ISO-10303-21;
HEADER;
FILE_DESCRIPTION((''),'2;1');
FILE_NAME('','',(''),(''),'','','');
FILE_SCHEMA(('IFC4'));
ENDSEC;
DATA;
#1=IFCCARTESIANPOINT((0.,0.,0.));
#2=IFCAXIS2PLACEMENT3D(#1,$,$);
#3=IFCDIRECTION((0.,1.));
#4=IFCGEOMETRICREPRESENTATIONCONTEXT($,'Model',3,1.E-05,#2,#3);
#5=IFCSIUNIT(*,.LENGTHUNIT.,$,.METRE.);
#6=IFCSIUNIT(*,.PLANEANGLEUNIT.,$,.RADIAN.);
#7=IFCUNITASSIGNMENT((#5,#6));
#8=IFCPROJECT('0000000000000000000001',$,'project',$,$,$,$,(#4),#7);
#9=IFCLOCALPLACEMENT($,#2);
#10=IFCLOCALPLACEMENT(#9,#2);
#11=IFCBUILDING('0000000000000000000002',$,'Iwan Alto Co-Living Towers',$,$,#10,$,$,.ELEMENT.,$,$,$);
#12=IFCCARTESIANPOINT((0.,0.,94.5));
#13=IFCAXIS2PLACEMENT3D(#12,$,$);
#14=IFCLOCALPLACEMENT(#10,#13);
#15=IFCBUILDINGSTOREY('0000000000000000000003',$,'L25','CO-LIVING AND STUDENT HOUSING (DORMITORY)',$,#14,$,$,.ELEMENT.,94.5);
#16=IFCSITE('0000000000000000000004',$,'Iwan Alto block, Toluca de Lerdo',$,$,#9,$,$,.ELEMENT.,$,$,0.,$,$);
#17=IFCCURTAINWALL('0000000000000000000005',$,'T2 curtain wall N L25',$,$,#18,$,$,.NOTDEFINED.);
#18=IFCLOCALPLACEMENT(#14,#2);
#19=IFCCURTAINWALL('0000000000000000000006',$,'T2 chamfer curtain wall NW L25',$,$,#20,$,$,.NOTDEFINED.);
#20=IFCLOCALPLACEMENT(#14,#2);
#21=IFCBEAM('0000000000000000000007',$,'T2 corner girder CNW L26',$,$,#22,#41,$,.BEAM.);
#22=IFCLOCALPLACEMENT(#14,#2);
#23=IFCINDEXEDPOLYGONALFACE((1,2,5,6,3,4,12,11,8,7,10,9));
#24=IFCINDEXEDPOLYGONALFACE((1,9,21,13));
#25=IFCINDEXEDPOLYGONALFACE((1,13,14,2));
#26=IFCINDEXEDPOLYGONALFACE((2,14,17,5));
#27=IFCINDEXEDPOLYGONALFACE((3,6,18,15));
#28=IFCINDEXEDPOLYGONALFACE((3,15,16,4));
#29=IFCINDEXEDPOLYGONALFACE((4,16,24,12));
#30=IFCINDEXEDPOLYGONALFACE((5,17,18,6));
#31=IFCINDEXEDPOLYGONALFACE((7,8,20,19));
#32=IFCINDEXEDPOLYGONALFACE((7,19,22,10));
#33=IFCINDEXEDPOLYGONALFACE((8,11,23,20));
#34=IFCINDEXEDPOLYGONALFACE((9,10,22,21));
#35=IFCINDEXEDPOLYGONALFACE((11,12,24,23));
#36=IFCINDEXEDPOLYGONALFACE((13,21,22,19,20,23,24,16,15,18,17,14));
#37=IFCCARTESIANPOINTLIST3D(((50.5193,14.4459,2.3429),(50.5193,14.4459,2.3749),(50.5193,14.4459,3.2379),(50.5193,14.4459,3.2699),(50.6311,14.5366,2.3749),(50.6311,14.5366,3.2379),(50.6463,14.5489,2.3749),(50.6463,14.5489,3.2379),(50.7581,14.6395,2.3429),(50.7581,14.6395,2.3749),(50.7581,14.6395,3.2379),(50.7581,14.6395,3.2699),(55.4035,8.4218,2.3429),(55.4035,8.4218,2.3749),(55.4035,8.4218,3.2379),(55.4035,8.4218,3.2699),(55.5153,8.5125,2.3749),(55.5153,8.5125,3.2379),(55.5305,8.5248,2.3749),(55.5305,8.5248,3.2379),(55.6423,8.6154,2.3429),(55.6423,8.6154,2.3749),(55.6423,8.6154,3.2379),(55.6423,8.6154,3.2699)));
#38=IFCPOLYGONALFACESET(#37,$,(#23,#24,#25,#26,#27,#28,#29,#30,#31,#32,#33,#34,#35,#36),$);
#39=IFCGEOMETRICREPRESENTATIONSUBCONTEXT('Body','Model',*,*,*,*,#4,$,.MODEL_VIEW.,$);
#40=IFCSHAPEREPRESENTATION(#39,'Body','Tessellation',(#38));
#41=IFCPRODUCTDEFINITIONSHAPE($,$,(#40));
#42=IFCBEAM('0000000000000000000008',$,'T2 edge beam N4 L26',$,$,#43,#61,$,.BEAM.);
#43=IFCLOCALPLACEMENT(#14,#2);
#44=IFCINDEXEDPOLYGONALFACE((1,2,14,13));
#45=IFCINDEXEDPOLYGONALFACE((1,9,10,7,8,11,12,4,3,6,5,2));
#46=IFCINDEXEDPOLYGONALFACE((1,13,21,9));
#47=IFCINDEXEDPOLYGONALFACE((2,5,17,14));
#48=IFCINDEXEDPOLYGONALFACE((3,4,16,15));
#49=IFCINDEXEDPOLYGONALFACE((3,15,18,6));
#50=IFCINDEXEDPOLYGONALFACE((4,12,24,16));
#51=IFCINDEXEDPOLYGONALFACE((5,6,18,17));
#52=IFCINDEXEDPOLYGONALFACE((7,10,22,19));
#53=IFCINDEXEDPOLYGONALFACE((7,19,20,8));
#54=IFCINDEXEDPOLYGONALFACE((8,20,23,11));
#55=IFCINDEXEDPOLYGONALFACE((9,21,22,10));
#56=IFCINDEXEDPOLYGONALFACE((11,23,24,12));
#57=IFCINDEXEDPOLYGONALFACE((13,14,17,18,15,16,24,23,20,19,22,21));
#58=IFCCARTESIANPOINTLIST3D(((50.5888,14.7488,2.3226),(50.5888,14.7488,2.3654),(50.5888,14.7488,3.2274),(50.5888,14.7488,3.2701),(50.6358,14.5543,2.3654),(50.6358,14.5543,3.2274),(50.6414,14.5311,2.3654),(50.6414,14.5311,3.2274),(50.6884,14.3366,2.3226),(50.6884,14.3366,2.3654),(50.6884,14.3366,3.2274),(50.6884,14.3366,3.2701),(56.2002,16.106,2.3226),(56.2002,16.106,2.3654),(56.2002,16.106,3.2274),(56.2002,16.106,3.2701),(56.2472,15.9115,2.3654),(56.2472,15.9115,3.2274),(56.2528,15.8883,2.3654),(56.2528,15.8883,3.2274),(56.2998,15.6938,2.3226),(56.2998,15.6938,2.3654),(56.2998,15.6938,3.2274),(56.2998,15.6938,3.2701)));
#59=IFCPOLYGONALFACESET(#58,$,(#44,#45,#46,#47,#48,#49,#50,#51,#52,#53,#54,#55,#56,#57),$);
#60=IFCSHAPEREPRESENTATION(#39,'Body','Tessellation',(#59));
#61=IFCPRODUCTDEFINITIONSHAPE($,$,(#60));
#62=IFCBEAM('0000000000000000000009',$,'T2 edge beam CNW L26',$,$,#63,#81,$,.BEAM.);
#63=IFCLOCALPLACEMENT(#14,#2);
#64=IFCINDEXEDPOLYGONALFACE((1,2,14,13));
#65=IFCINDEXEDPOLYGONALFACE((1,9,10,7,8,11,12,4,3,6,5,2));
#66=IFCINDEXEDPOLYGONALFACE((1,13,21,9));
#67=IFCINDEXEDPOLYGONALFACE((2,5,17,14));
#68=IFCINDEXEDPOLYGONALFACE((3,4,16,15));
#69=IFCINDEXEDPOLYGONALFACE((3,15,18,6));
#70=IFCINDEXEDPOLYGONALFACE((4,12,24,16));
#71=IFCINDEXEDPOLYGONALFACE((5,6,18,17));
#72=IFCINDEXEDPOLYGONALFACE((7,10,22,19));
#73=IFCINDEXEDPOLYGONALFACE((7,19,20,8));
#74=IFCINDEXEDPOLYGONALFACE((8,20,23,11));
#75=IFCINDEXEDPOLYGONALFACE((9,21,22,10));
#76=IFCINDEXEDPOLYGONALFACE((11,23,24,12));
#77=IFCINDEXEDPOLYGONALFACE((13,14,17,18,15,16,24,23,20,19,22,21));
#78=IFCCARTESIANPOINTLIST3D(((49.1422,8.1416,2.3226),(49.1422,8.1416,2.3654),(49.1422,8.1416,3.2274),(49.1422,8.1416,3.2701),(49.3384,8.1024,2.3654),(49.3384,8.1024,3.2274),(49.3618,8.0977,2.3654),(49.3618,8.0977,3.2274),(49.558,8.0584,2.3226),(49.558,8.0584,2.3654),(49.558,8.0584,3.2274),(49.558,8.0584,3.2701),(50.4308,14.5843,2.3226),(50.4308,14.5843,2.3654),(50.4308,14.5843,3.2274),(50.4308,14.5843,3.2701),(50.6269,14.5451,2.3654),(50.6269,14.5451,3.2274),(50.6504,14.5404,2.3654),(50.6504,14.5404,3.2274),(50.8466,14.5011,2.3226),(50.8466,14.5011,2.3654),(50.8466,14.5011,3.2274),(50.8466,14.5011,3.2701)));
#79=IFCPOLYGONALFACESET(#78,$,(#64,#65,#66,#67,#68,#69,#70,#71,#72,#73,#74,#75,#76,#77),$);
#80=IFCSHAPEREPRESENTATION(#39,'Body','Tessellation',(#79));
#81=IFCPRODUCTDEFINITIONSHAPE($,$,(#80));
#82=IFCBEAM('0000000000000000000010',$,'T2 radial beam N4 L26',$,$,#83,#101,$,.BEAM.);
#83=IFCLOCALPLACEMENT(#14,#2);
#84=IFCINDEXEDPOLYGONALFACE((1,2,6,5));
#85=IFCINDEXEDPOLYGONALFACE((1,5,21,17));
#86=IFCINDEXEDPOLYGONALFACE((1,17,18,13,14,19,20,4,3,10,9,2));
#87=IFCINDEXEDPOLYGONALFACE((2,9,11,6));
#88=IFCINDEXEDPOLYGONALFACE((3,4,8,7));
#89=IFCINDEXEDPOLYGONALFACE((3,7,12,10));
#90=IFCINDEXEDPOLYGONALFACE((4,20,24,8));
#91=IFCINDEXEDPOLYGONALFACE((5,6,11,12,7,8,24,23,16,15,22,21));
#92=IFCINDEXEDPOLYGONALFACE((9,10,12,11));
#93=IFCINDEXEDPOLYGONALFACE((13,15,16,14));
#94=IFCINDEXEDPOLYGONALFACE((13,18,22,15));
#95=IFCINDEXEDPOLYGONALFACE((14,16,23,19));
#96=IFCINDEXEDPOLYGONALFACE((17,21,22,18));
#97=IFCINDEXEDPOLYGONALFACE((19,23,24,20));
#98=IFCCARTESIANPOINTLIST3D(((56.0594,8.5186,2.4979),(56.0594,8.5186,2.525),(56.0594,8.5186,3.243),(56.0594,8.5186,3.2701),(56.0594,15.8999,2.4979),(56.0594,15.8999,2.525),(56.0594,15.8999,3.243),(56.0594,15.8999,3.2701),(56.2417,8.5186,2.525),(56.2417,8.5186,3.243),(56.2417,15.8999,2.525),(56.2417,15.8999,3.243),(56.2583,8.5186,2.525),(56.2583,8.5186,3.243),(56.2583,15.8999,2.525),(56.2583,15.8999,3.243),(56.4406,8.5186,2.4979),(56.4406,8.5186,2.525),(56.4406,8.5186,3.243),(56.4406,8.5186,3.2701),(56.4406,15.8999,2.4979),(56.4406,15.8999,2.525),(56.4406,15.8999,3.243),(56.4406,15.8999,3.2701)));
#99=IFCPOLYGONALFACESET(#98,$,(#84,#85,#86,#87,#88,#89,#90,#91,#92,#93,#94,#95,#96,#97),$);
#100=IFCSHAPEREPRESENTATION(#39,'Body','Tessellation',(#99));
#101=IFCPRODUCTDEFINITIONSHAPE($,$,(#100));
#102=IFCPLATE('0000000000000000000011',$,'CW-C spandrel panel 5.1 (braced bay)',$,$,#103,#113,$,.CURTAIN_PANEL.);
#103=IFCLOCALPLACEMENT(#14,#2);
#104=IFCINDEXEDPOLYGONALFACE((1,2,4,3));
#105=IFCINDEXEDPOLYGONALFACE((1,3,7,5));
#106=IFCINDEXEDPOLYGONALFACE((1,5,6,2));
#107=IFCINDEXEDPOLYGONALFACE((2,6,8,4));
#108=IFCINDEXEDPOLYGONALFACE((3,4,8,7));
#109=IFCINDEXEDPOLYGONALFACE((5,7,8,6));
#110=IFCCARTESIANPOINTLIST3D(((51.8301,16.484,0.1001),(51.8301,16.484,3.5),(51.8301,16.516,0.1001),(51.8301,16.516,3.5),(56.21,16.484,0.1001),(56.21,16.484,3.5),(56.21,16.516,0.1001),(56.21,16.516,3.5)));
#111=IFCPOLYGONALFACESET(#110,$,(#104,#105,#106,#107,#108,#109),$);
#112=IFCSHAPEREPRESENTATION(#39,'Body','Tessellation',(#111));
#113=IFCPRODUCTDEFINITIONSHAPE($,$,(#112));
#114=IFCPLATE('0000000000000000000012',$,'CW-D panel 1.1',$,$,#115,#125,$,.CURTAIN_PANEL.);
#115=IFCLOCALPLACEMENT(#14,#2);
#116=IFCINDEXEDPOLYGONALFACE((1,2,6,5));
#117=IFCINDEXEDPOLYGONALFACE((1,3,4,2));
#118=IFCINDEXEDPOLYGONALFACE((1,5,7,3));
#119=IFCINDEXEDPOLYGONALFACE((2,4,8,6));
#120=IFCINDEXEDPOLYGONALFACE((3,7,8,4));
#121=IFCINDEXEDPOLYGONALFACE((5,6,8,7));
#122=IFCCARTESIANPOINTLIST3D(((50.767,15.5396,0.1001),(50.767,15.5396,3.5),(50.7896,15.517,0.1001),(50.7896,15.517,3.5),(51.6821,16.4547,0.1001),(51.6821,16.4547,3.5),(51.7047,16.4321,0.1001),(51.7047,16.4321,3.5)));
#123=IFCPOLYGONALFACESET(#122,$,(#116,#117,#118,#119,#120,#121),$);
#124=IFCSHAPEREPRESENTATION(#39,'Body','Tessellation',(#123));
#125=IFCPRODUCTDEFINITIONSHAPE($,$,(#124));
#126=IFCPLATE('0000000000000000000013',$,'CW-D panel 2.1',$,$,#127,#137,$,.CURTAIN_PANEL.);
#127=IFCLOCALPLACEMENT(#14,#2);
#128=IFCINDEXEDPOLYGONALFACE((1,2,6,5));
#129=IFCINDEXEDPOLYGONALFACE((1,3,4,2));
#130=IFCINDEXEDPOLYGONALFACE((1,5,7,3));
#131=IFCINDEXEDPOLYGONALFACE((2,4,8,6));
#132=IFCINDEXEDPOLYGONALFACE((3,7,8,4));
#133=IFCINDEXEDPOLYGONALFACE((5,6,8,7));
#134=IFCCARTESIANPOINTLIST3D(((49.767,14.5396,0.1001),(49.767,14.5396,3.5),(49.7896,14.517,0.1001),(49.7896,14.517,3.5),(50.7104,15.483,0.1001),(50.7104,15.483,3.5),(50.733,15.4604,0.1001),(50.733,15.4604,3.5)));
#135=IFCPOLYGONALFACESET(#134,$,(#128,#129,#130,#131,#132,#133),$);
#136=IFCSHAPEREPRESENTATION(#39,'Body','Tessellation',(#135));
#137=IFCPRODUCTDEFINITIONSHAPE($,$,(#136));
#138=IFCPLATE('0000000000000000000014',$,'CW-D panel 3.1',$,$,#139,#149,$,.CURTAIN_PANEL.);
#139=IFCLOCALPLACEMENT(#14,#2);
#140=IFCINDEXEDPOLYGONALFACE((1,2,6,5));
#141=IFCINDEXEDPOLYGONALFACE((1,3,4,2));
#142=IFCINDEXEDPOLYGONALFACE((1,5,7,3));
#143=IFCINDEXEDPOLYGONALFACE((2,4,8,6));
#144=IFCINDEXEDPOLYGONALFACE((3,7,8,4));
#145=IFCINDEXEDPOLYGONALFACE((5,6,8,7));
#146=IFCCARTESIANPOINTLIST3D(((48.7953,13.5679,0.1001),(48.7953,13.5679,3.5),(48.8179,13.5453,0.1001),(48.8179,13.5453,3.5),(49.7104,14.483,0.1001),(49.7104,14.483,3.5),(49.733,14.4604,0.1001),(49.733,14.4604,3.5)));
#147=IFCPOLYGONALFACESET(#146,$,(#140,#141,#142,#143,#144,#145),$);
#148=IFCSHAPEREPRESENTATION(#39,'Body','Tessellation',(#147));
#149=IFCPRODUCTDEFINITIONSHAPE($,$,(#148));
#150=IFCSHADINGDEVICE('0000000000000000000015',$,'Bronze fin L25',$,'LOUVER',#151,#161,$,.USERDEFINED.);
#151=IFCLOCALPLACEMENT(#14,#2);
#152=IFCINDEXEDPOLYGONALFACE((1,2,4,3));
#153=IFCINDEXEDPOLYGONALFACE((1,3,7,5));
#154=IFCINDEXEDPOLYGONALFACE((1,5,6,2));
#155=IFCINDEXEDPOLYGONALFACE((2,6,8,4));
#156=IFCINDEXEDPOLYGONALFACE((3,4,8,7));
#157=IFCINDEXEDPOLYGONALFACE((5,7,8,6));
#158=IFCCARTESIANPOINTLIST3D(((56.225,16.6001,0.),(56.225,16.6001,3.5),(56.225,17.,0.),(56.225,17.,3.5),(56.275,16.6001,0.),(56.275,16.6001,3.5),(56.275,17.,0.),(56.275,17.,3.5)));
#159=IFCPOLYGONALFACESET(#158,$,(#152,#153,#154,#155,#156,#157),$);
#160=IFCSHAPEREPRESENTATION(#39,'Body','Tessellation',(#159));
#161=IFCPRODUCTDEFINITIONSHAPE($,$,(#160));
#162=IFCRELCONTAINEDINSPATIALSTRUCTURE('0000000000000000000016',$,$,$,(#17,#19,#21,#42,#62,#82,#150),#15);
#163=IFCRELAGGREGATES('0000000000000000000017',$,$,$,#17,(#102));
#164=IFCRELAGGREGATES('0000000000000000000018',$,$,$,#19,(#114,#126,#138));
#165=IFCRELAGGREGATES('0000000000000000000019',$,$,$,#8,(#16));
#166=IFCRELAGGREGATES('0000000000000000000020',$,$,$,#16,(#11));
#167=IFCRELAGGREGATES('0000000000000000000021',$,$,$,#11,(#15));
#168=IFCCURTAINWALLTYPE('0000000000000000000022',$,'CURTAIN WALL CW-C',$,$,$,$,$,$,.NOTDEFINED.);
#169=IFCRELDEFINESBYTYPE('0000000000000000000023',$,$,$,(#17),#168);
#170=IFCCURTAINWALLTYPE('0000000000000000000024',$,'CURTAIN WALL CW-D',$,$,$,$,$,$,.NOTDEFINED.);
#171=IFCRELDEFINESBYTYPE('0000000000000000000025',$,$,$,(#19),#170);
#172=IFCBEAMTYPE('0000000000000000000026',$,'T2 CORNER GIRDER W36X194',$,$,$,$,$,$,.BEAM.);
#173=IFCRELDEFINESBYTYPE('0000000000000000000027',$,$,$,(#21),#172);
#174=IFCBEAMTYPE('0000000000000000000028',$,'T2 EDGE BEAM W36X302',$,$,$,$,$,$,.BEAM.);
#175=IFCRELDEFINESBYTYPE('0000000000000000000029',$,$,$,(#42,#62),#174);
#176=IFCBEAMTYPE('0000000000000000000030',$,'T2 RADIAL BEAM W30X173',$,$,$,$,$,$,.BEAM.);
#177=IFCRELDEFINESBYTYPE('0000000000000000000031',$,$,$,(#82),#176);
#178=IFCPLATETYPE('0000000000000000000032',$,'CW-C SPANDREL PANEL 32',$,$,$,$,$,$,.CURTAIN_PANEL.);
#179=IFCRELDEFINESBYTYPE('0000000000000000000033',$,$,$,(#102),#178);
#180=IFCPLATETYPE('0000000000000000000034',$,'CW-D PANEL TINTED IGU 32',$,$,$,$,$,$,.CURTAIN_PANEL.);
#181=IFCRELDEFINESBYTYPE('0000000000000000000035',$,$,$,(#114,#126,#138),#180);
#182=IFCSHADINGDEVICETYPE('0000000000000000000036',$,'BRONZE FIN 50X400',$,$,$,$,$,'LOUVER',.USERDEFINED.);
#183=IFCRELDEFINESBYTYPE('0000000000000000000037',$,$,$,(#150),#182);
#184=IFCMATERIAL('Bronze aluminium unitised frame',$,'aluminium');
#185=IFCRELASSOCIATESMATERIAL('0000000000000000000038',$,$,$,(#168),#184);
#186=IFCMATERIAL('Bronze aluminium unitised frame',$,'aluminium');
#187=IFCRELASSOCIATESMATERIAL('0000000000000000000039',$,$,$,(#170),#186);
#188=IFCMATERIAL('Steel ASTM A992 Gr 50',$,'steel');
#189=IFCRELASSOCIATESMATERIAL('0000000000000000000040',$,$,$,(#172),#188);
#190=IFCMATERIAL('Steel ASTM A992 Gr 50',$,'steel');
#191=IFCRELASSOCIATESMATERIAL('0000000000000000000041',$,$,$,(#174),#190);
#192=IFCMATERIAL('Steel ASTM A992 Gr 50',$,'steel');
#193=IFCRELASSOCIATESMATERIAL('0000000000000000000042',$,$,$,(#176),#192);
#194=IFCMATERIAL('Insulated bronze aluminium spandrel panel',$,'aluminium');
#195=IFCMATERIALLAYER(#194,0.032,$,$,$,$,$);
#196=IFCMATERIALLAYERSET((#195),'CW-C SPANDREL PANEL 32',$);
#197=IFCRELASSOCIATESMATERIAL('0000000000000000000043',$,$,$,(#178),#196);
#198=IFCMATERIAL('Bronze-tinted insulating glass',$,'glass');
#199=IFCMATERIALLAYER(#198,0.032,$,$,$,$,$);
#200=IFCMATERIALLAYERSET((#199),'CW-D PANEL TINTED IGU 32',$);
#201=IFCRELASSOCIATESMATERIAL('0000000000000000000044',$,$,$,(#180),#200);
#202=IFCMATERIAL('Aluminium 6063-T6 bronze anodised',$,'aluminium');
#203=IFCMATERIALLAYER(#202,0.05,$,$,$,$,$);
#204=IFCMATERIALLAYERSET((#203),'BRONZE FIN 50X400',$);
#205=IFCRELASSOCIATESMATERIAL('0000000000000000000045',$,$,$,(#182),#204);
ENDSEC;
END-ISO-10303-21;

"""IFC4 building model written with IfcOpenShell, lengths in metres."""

from ifc_helpers import new_model, si_unit, direction, frame, origin, origin_2d, place, context, subcontext, project, spatial, rectangle, i_section, extrude, material, layer, layer_set, material_profile, profile_set, type_object, element, aggregate, save


model = new_model("IFC4")

# Units and contexts
model_context = context("Model", 3, precision=1e-05, world=origin(), true_north=direction((0.0, 1.0)))
body_context = subcontext(model_context, "Body", "Model", "MODEL_VIEW")
ifc_project = project(units=[si_unit("LENGTHUNIT", "METRE"), si_unit("PLANEANGLEUNIT", "RADIAN")], contexts=[model_context])

# Site, building, storey
site_placement = place(None, origin())
site = spatial("IfcSite", under=ifc_project, at=site_placement, Name="Iwan Alto block, Toluca de Lerdo", CompositionType="ELEMENT", RefElevation=0.0)
building_placement = place(site_placement, origin())
building = spatial("IfcBuilding", under=site, at=building_placement, Name="Iwan Alto Co-Living Towers", CompositionType="ELEMENT")
storey_placement = place(building_placement, frame((0.0, 0.0, 94.5)))
storey = spatial("IfcBuildingStorey", under=building, at=storey_placement, Name="L25", Description="CO-LIVING AND STUDENT HOUSING (DORMITORY)", CompositionType="ELEMENT", Elevation=94.5)

# Curtain wall
ifc_material_1 = material(Name="Bronze aluminium unitised frame", Category="aluminium")
curtain_wall_type_1 = type_object("IfcCurtainWallType", Name="CURTAIN WALL CW-C", PredefinedType="NOTDEFINED", material=ifc_material_1)
curtain_wall_1_placement = place(storey_placement, origin())
curtain_wall_1 = element("IfcCurtainWall", 1, at=curtain_wall_1_placement, inside=storey, type_object=curtain_wall_type_1, Name="T2 curtain wall N L25", PredefinedType="NOTDEFINED")

# Curtain wall
ifc_material_2 = material(Name="Bronze aluminium unitised frame", Category="aluminium")
curtain_wall_type_2 = type_object("IfcCurtainWallType", Name="CURTAIN WALL CW-D", PredefinedType="NOTDEFINED", material=ifc_material_2)
curtain_wall_2_placement = place(storey_placement, origin())
curtain_wall_2 = element("IfcCurtainWall", 2, at=curtain_wall_2_placement, inside=storey, type_object=curtain_wall_type_2, Name="T2 chamfer curtain wall NW L25", PredefinedType="NOTDEFINED")

# Beams
ifc_material_3 = material(Name="Steel ASTM A992 Gr 50", Category="steel")
ifc_material_profile_1 = material_profile(ifc_material_3, i_section(OverallWidth=0.3074, OverallDepth=0.927, WebThickness=0.0195, FlangeThickness=0.032, at=origin_2d()), Name="W36X194")
ifc_profile_set_1 = profile_set([ifc_material_profile_1], Name="Steel ASTM A992 Gr 50")
beam_type_1 = type_object("IfcBeamType", Name="T2 CORNER GIRDER W36X194", PredefinedType="BEAM", material=ifc_profile_set_1)
beam_1_placement = place(storey_placement, frame((50.6387, 14.5427, 2.8064), z_axis=(0.629788, -0.776767, 0.0), x_axis=(0.776767, 0.629788, 0.0)))
element("IfcBeam", 3, at=beam_1_placement, inside=storey, type_object=beam_type_1, Name="T2 corner girder CNW L26", PredefinedType="BEAM", context=body_context, shape_type="SweptSolid", body=[
    extrude(i_section(OverallWidth=0.3074, OverallDepth=0.927, WebThickness=0.0195, FlangeThickness=0.032, at=origin_2d()), origin(), (0.0, 0.0, 1.0), 7.7554),
])
ifc_material_4 = material(Name="Steel ASTM A992 Gr 50", Category="steel")
ifc_material_profile_2 = material_profile(ifc_material_4, i_section(OverallWidth=0.4241, OverallDepth=0.9475, WebThickness=0.0239, FlangeThickness=0.0427, at=origin_2d()), Name="W36X302")
ifc_profile_set_2 = profile_set([ifc_material_profile_2], Name="Steel ASTM A992 Gr 50")
beam_type_2 = type_object("IfcBeamType", Name="T2 EDGE BEAM W36X302", PredefinedType="BEAM", material=ifc_profile_set_2)
beam_2_placement = place(storey_placement, frame((56.25, 15.8999, 2.7964), z_axis=(-0.971975, -0.235086, 0.0), x_axis=(0.235086, -0.971975, 0.0)))
element("IfcBeam", 4, at=beam_2_placement, inside=storey, type_object=beam_type_2, Name="T2 edge beam N4 L26", PredefinedType="BEAM", context=body_context, shape_type="SweptSolid", body=[
    extrude(i_section(OverallWidth=0.4241, OverallDepth=0.9475, WebThickness=0.0239, FlangeThickness=0.0427, at=origin_2d()), origin(), (0.0, 0.0, 1.0), 5.7732),
])
beam_3_placement = place(storey_placement, frame((50.6387, 14.5427, 2.7964), z_axis=(-0.196123, -0.980579, 0.0), x_axis=(0.980579, -0.196123, 0.0)))
element("IfcBeam", 5, at=beam_3_placement, inside=storey, type_object=beam_type_2, Name="T2 edge beam CNW L26", PredefinedType="BEAM", context=body_context, shape_type="SweptSolid", body=[
    extrude(i_section(OverallWidth=0.4241, OverallDepth=0.9475, WebThickness=0.0239, FlangeThickness=0.0427, at=origin_2d()), origin(), (0.0, 0.0, 1.0), 6.5703),
])
ifc_material_5 = material(Name="Steel ASTM A992 Gr 50", Category="steel")
ifc_material_profile_3 = material_profile(ifc_material_5, i_section(OverallWidth=0.3811, OverallDepth=0.7722, WebThickness=0.0166, FlangeThickness=0.0271, at=origin_2d()), Name="W30X173")
ifc_profile_set_3 = profile_set([ifc_material_profile_3], Name="Steel ASTM A992 Gr 50")
beam_type_3 = type_object("IfcBeamType", Name="T2 RADIAL BEAM W30X173", PredefinedType="BEAM", material=ifc_profile_set_3)
beam_4_placement = place(storey_placement, frame((56.25, 15.8999, 2.884), z_axis=(0.0, -1.0, 0.0), x_axis=(1.0, 0.0, 0.0)))
element("IfcBeam", 6, at=beam_4_placement, inside=storey, type_object=beam_type_3, Name="T2 radial beam N4 L26", PredefinedType="BEAM", context=body_context, shape_type="SweptSolid", body=[
    extrude(i_section(OverallWidth=0.3811, OverallDepth=0.7722, WebThickness=0.0166, FlangeThickness=0.0271, at=origin_2d()), origin(), (0.0, 0.0, 1.0), 7.3813),
])

# Plates
ifc_material_6 = material(Name="Insulated bronze aluminium spandrel panel", Category="aluminium")
ifc_layer_1 = layer(ifc_material_6, 0.032)
ifc_layer_set_1 = layer_set([ifc_layer_1], Name="CW-C SPANDREL PANEL 32")
plate_type_1 = type_object("IfcPlateType", Name="CW-C SPANDREL PANEL 32", PredefinedType="CURTAIN_PANEL", material=ifc_layer_set_1)
plate_1_placement = place(storey_placement, frame((54.02, 16.5, 0.1001), z_axis=(0.0, 0.0, 1.0), x_axis=(-1.0, 0.0, 0.0)))
plate_1 = element("IfcPlate", 7, at=plate_1_placement, type_object=plate_type_1, Name="CW-C spandrel panel 5.1 (braced bay)", PredefinedType="CURTAIN_PANEL", context=body_context, shape_type="SweptSolid", body=[
    extrude(rectangle(XDim=4.3799, YDim=0.032, at=origin_2d()), origin(), (0.0, 0.0, 1.0), 3.3999),
])
aggregate(curtain_wall_1, [plate_1])
ifc_material_7 = material(Name="Bronze-tinted insulating glass", Category="glass")
ifc_layer_2 = layer(ifc_material_7, 0.032)
ifc_layer_set_2 = layer_set([ifc_layer_2], Name="CW-D PANEL TINTED IGU 32")
plate_type_2 = type_object("IfcPlateType", Name="CW-D PANEL TINTED IGU 32", PredefinedType="CURTAIN_PANEL", material=ifc_layer_set_2)
plate_2_placement = place(storey_placement, frame((51.2358, 15.9858, 0.1001), z_axis=(0.0, 0.0, 1.0), x_axis=(-0.707107, -0.707107, 0.0)))
plate_2 = element("IfcPlate", 8, at=plate_2_placement, type_object=plate_type_2, Name="CW-D panel 1.1", PredefinedType="CURTAIN_PANEL", context=body_context, shape_type="SweptSolid", body=[
    extrude(rectangle(XDim=1.2942, YDim=0.032, at=origin_2d()), origin(), (0.0, 0.0, 1.0), 3.3999),
])
plate_3_placement = place(storey_placement, frame((50.25, 15.0, 0.1001), z_axis=(0.0, 0.0, 1.0), x_axis=(-0.707107, -0.707107, 0.0)))
plate_3 = element("IfcPlate", 9, at=plate_3_placement, type_object=plate_type_2, Name="CW-D panel 2.1", PredefinedType="CURTAIN_PANEL", context=body_context, shape_type="SweptSolid", body=[
    extrude(rectangle(XDim=1.3342, YDim=0.032, at=origin_2d()), origin(), (0.0, 0.0, 1.0), 3.3999),
])
plate_4_placement = place(storey_placement, frame((49.2642, 14.0142, 0.1001), z_axis=(0.0, 0.0, 1.0), x_axis=(-0.707107, -0.707107, 0.0)))
plate_4 = element("IfcPlate", 10, at=plate_4_placement, type_object=plate_type_2, Name="CW-D panel 3.1", PredefinedType="CURTAIN_PANEL", context=body_context, shape_type="SweptSolid", body=[
    extrude(rectangle(XDim=1.2942, YDim=0.032, at=origin_2d()), origin(), (0.0, 0.0, 1.0), 3.3999),
])
aggregate(curtain_wall_2, [plate_2, plate_3, plate_4])

# Shading device
ifc_material_8 = material(Name="Aluminium 6063-T6 bronze anodised", Category="aluminium")
ifc_layer_3 = layer(ifc_material_8, 0.05)
ifc_layer_set_3 = layer_set([ifc_layer_3], Name="BRONZE FIN 50X400")
shading_device_type = type_object("IfcShadingDeviceType", Name="BRONZE FIN 50X400", ElementType="LOUVER", PredefinedType="USERDEFINED", material=ifc_layer_set_3)
shading_device_placement = place(storey_placement, frame((56.25, 16.8, 0.0), z_axis=(0.0, 0.0, 1.0), x_axis=(-1.0, 0.0, 0.0)))
element("IfcShadingDevice", 11, at=shading_device_placement, inside=storey, type_object=shading_device_type, Name="Bronze fin L25", ObjectType="LOUVER", PredefinedType="USERDEFINED", context=body_context, shape_type="SweptSolid", body=[
    extrude(rectangle(XDim=0.05, YDim=0.3999, at=origin_2d()), origin(), (0.0, 0.0, 1.0), 3.5),
])

save(model, "model.ifc")
